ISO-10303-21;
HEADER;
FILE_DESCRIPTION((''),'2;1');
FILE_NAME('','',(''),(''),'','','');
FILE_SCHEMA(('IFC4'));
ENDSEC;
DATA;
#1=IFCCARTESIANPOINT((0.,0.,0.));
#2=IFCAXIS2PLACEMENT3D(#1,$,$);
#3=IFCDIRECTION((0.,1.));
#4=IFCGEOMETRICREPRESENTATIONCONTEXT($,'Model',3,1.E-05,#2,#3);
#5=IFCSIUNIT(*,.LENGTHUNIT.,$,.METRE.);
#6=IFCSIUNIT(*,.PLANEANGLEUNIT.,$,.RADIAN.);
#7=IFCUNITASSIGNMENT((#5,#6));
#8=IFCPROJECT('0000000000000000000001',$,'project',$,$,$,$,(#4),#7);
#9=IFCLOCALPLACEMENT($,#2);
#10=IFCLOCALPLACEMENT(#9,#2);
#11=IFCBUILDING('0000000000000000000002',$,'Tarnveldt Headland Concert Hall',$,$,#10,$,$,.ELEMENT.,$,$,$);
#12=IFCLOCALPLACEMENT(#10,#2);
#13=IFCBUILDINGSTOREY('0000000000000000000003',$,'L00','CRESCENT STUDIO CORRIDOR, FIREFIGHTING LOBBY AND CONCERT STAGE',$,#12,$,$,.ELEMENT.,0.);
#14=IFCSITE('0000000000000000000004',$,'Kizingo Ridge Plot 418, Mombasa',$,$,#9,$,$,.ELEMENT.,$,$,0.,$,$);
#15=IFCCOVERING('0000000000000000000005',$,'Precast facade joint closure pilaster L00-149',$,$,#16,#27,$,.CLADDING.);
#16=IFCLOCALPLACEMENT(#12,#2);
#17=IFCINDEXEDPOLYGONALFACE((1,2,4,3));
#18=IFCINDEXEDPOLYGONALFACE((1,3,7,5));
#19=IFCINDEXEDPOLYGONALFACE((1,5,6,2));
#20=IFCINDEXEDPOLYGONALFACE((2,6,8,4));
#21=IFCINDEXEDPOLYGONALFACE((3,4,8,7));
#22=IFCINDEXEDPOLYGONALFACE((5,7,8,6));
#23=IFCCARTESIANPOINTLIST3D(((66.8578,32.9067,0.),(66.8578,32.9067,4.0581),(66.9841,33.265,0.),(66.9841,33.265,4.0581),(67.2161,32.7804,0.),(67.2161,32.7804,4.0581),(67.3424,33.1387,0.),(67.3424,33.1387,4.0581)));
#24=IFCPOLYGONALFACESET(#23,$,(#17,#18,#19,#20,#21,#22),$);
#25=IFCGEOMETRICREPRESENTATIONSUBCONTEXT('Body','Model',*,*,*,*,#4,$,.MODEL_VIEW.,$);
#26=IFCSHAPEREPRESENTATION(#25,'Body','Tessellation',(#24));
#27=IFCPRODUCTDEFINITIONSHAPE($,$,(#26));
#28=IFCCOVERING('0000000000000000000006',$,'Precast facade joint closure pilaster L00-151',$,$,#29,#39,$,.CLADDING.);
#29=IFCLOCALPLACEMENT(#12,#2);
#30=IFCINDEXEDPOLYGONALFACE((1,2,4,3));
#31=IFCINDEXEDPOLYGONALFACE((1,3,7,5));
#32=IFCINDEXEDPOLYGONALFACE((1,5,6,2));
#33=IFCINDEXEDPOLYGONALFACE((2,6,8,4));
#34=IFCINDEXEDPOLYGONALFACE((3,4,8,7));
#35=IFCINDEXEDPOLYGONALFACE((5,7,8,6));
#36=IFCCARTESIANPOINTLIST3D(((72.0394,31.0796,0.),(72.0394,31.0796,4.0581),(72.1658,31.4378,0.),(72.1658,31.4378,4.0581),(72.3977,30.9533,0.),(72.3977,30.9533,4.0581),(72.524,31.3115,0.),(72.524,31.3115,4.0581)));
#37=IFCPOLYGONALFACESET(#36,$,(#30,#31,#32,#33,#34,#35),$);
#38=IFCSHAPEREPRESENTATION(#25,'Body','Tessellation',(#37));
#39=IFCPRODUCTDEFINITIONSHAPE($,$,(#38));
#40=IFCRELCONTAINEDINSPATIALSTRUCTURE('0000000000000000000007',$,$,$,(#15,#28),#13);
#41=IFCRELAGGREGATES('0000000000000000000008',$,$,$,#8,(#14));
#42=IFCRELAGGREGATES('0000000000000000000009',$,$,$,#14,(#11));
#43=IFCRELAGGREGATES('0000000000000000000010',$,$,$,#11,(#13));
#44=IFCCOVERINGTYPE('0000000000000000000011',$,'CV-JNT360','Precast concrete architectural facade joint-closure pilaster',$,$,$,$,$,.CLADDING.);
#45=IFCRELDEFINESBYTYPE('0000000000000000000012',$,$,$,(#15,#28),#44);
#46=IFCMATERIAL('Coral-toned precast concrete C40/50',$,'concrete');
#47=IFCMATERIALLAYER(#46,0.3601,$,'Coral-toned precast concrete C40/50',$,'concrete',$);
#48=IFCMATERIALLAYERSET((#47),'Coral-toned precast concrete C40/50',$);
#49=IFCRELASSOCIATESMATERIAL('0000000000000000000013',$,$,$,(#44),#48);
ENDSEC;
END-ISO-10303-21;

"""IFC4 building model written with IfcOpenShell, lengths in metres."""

from ifc_helpers import new_model, si_unit, direction, frame, origin, origin_2d, place, context, subcontext, project, spatial, rectangle, extrude, material, layer, layer_set, type_object, element, save


model = new_model("IFC4")

# Units and contexts
model_context = context("Model", 3, precision=1e-05, world=origin(), true_north=direction((0.0, 1.0)))
body_context = subcontext(model_context, "Body", "Model", "MODEL_VIEW")
ifc_project = project(units=[si_unit("LENGTHUNIT", "METRE"), si_unit("PLANEANGLEUNIT", "RADIAN")], contexts=[model_context])

# Site, building, storey
site_placement = place(None, origin())
site = spatial("IfcSite", under=ifc_project, at=site_placement, Name="Kizingo Ridge Plot 418, Mombasa", CompositionType="ELEMENT", RefElevation=0.0)
building_placement = place(site_placement, origin())
building = spatial("IfcBuilding", under=site, at=building_placement, Name="Tarnveldt Headland Concert Hall", CompositionType="ELEMENT")
storey_placement = place(building_placement, origin())
storey = spatial("IfcBuildingStorey", under=building, at=storey_placement, Name="L00", Description="CRESCENT STUDIO CORRIDOR, FIREFIGHTING LOBBY AND CONCERT STAGE", CompositionType="ELEMENT", Elevation=0.0)

# Shared definitions
ifc_material_1 = material(Name="Coral-toned precast concrete C40/50", Category="concrete")

# Coverings
ifc_layer_1 = layer(ifc_material_1, 0.3601, Name="Coral-toned precast concrete C40/50", Category="concrete")
ifc_layer_set_1 = layer_set([ifc_layer_1], Name="Coral-toned precast concrete C40/50")
covering_type_1 = type_object("IfcCoveringType", Name="CV-JNT360", Description="Precast concrete architectural facade joint-closure pilaster", PredefinedType="CLADDING", material=ifc_layer_set_1)
for number, where, z_axis, x_axis, name in (
    (1, (67.1001, 33.0227, 0.0), (0.0, 0.0, 1.0), (-0.943107, 0.33249, 0.0), "Precast facade joint closure pilaster L00-149"),
    (2, (72.2817, 31.1956, 0.0), (0.0, 0.0, 1.0), (-0.943107, 0.33249, 0.0), "Precast facade joint closure pilaster L00-151"),
):
    element("IfcCovering", number, at=place(storey_placement, frame(where, z_axis=z_axis, x_axis=x_axis)), inside=storey, type_object=covering_type_1, Name=name, PredefinedType="CLADDING", context=body_context, shape_type="SweptSolid", body=[
        extrude(rectangle(XDim=0.3799, YDim=0.3799, at=origin_2d()), origin(), (0.0, 0.0, 1.0), 4.0581),
    ])

save(model, "model.ifc")
